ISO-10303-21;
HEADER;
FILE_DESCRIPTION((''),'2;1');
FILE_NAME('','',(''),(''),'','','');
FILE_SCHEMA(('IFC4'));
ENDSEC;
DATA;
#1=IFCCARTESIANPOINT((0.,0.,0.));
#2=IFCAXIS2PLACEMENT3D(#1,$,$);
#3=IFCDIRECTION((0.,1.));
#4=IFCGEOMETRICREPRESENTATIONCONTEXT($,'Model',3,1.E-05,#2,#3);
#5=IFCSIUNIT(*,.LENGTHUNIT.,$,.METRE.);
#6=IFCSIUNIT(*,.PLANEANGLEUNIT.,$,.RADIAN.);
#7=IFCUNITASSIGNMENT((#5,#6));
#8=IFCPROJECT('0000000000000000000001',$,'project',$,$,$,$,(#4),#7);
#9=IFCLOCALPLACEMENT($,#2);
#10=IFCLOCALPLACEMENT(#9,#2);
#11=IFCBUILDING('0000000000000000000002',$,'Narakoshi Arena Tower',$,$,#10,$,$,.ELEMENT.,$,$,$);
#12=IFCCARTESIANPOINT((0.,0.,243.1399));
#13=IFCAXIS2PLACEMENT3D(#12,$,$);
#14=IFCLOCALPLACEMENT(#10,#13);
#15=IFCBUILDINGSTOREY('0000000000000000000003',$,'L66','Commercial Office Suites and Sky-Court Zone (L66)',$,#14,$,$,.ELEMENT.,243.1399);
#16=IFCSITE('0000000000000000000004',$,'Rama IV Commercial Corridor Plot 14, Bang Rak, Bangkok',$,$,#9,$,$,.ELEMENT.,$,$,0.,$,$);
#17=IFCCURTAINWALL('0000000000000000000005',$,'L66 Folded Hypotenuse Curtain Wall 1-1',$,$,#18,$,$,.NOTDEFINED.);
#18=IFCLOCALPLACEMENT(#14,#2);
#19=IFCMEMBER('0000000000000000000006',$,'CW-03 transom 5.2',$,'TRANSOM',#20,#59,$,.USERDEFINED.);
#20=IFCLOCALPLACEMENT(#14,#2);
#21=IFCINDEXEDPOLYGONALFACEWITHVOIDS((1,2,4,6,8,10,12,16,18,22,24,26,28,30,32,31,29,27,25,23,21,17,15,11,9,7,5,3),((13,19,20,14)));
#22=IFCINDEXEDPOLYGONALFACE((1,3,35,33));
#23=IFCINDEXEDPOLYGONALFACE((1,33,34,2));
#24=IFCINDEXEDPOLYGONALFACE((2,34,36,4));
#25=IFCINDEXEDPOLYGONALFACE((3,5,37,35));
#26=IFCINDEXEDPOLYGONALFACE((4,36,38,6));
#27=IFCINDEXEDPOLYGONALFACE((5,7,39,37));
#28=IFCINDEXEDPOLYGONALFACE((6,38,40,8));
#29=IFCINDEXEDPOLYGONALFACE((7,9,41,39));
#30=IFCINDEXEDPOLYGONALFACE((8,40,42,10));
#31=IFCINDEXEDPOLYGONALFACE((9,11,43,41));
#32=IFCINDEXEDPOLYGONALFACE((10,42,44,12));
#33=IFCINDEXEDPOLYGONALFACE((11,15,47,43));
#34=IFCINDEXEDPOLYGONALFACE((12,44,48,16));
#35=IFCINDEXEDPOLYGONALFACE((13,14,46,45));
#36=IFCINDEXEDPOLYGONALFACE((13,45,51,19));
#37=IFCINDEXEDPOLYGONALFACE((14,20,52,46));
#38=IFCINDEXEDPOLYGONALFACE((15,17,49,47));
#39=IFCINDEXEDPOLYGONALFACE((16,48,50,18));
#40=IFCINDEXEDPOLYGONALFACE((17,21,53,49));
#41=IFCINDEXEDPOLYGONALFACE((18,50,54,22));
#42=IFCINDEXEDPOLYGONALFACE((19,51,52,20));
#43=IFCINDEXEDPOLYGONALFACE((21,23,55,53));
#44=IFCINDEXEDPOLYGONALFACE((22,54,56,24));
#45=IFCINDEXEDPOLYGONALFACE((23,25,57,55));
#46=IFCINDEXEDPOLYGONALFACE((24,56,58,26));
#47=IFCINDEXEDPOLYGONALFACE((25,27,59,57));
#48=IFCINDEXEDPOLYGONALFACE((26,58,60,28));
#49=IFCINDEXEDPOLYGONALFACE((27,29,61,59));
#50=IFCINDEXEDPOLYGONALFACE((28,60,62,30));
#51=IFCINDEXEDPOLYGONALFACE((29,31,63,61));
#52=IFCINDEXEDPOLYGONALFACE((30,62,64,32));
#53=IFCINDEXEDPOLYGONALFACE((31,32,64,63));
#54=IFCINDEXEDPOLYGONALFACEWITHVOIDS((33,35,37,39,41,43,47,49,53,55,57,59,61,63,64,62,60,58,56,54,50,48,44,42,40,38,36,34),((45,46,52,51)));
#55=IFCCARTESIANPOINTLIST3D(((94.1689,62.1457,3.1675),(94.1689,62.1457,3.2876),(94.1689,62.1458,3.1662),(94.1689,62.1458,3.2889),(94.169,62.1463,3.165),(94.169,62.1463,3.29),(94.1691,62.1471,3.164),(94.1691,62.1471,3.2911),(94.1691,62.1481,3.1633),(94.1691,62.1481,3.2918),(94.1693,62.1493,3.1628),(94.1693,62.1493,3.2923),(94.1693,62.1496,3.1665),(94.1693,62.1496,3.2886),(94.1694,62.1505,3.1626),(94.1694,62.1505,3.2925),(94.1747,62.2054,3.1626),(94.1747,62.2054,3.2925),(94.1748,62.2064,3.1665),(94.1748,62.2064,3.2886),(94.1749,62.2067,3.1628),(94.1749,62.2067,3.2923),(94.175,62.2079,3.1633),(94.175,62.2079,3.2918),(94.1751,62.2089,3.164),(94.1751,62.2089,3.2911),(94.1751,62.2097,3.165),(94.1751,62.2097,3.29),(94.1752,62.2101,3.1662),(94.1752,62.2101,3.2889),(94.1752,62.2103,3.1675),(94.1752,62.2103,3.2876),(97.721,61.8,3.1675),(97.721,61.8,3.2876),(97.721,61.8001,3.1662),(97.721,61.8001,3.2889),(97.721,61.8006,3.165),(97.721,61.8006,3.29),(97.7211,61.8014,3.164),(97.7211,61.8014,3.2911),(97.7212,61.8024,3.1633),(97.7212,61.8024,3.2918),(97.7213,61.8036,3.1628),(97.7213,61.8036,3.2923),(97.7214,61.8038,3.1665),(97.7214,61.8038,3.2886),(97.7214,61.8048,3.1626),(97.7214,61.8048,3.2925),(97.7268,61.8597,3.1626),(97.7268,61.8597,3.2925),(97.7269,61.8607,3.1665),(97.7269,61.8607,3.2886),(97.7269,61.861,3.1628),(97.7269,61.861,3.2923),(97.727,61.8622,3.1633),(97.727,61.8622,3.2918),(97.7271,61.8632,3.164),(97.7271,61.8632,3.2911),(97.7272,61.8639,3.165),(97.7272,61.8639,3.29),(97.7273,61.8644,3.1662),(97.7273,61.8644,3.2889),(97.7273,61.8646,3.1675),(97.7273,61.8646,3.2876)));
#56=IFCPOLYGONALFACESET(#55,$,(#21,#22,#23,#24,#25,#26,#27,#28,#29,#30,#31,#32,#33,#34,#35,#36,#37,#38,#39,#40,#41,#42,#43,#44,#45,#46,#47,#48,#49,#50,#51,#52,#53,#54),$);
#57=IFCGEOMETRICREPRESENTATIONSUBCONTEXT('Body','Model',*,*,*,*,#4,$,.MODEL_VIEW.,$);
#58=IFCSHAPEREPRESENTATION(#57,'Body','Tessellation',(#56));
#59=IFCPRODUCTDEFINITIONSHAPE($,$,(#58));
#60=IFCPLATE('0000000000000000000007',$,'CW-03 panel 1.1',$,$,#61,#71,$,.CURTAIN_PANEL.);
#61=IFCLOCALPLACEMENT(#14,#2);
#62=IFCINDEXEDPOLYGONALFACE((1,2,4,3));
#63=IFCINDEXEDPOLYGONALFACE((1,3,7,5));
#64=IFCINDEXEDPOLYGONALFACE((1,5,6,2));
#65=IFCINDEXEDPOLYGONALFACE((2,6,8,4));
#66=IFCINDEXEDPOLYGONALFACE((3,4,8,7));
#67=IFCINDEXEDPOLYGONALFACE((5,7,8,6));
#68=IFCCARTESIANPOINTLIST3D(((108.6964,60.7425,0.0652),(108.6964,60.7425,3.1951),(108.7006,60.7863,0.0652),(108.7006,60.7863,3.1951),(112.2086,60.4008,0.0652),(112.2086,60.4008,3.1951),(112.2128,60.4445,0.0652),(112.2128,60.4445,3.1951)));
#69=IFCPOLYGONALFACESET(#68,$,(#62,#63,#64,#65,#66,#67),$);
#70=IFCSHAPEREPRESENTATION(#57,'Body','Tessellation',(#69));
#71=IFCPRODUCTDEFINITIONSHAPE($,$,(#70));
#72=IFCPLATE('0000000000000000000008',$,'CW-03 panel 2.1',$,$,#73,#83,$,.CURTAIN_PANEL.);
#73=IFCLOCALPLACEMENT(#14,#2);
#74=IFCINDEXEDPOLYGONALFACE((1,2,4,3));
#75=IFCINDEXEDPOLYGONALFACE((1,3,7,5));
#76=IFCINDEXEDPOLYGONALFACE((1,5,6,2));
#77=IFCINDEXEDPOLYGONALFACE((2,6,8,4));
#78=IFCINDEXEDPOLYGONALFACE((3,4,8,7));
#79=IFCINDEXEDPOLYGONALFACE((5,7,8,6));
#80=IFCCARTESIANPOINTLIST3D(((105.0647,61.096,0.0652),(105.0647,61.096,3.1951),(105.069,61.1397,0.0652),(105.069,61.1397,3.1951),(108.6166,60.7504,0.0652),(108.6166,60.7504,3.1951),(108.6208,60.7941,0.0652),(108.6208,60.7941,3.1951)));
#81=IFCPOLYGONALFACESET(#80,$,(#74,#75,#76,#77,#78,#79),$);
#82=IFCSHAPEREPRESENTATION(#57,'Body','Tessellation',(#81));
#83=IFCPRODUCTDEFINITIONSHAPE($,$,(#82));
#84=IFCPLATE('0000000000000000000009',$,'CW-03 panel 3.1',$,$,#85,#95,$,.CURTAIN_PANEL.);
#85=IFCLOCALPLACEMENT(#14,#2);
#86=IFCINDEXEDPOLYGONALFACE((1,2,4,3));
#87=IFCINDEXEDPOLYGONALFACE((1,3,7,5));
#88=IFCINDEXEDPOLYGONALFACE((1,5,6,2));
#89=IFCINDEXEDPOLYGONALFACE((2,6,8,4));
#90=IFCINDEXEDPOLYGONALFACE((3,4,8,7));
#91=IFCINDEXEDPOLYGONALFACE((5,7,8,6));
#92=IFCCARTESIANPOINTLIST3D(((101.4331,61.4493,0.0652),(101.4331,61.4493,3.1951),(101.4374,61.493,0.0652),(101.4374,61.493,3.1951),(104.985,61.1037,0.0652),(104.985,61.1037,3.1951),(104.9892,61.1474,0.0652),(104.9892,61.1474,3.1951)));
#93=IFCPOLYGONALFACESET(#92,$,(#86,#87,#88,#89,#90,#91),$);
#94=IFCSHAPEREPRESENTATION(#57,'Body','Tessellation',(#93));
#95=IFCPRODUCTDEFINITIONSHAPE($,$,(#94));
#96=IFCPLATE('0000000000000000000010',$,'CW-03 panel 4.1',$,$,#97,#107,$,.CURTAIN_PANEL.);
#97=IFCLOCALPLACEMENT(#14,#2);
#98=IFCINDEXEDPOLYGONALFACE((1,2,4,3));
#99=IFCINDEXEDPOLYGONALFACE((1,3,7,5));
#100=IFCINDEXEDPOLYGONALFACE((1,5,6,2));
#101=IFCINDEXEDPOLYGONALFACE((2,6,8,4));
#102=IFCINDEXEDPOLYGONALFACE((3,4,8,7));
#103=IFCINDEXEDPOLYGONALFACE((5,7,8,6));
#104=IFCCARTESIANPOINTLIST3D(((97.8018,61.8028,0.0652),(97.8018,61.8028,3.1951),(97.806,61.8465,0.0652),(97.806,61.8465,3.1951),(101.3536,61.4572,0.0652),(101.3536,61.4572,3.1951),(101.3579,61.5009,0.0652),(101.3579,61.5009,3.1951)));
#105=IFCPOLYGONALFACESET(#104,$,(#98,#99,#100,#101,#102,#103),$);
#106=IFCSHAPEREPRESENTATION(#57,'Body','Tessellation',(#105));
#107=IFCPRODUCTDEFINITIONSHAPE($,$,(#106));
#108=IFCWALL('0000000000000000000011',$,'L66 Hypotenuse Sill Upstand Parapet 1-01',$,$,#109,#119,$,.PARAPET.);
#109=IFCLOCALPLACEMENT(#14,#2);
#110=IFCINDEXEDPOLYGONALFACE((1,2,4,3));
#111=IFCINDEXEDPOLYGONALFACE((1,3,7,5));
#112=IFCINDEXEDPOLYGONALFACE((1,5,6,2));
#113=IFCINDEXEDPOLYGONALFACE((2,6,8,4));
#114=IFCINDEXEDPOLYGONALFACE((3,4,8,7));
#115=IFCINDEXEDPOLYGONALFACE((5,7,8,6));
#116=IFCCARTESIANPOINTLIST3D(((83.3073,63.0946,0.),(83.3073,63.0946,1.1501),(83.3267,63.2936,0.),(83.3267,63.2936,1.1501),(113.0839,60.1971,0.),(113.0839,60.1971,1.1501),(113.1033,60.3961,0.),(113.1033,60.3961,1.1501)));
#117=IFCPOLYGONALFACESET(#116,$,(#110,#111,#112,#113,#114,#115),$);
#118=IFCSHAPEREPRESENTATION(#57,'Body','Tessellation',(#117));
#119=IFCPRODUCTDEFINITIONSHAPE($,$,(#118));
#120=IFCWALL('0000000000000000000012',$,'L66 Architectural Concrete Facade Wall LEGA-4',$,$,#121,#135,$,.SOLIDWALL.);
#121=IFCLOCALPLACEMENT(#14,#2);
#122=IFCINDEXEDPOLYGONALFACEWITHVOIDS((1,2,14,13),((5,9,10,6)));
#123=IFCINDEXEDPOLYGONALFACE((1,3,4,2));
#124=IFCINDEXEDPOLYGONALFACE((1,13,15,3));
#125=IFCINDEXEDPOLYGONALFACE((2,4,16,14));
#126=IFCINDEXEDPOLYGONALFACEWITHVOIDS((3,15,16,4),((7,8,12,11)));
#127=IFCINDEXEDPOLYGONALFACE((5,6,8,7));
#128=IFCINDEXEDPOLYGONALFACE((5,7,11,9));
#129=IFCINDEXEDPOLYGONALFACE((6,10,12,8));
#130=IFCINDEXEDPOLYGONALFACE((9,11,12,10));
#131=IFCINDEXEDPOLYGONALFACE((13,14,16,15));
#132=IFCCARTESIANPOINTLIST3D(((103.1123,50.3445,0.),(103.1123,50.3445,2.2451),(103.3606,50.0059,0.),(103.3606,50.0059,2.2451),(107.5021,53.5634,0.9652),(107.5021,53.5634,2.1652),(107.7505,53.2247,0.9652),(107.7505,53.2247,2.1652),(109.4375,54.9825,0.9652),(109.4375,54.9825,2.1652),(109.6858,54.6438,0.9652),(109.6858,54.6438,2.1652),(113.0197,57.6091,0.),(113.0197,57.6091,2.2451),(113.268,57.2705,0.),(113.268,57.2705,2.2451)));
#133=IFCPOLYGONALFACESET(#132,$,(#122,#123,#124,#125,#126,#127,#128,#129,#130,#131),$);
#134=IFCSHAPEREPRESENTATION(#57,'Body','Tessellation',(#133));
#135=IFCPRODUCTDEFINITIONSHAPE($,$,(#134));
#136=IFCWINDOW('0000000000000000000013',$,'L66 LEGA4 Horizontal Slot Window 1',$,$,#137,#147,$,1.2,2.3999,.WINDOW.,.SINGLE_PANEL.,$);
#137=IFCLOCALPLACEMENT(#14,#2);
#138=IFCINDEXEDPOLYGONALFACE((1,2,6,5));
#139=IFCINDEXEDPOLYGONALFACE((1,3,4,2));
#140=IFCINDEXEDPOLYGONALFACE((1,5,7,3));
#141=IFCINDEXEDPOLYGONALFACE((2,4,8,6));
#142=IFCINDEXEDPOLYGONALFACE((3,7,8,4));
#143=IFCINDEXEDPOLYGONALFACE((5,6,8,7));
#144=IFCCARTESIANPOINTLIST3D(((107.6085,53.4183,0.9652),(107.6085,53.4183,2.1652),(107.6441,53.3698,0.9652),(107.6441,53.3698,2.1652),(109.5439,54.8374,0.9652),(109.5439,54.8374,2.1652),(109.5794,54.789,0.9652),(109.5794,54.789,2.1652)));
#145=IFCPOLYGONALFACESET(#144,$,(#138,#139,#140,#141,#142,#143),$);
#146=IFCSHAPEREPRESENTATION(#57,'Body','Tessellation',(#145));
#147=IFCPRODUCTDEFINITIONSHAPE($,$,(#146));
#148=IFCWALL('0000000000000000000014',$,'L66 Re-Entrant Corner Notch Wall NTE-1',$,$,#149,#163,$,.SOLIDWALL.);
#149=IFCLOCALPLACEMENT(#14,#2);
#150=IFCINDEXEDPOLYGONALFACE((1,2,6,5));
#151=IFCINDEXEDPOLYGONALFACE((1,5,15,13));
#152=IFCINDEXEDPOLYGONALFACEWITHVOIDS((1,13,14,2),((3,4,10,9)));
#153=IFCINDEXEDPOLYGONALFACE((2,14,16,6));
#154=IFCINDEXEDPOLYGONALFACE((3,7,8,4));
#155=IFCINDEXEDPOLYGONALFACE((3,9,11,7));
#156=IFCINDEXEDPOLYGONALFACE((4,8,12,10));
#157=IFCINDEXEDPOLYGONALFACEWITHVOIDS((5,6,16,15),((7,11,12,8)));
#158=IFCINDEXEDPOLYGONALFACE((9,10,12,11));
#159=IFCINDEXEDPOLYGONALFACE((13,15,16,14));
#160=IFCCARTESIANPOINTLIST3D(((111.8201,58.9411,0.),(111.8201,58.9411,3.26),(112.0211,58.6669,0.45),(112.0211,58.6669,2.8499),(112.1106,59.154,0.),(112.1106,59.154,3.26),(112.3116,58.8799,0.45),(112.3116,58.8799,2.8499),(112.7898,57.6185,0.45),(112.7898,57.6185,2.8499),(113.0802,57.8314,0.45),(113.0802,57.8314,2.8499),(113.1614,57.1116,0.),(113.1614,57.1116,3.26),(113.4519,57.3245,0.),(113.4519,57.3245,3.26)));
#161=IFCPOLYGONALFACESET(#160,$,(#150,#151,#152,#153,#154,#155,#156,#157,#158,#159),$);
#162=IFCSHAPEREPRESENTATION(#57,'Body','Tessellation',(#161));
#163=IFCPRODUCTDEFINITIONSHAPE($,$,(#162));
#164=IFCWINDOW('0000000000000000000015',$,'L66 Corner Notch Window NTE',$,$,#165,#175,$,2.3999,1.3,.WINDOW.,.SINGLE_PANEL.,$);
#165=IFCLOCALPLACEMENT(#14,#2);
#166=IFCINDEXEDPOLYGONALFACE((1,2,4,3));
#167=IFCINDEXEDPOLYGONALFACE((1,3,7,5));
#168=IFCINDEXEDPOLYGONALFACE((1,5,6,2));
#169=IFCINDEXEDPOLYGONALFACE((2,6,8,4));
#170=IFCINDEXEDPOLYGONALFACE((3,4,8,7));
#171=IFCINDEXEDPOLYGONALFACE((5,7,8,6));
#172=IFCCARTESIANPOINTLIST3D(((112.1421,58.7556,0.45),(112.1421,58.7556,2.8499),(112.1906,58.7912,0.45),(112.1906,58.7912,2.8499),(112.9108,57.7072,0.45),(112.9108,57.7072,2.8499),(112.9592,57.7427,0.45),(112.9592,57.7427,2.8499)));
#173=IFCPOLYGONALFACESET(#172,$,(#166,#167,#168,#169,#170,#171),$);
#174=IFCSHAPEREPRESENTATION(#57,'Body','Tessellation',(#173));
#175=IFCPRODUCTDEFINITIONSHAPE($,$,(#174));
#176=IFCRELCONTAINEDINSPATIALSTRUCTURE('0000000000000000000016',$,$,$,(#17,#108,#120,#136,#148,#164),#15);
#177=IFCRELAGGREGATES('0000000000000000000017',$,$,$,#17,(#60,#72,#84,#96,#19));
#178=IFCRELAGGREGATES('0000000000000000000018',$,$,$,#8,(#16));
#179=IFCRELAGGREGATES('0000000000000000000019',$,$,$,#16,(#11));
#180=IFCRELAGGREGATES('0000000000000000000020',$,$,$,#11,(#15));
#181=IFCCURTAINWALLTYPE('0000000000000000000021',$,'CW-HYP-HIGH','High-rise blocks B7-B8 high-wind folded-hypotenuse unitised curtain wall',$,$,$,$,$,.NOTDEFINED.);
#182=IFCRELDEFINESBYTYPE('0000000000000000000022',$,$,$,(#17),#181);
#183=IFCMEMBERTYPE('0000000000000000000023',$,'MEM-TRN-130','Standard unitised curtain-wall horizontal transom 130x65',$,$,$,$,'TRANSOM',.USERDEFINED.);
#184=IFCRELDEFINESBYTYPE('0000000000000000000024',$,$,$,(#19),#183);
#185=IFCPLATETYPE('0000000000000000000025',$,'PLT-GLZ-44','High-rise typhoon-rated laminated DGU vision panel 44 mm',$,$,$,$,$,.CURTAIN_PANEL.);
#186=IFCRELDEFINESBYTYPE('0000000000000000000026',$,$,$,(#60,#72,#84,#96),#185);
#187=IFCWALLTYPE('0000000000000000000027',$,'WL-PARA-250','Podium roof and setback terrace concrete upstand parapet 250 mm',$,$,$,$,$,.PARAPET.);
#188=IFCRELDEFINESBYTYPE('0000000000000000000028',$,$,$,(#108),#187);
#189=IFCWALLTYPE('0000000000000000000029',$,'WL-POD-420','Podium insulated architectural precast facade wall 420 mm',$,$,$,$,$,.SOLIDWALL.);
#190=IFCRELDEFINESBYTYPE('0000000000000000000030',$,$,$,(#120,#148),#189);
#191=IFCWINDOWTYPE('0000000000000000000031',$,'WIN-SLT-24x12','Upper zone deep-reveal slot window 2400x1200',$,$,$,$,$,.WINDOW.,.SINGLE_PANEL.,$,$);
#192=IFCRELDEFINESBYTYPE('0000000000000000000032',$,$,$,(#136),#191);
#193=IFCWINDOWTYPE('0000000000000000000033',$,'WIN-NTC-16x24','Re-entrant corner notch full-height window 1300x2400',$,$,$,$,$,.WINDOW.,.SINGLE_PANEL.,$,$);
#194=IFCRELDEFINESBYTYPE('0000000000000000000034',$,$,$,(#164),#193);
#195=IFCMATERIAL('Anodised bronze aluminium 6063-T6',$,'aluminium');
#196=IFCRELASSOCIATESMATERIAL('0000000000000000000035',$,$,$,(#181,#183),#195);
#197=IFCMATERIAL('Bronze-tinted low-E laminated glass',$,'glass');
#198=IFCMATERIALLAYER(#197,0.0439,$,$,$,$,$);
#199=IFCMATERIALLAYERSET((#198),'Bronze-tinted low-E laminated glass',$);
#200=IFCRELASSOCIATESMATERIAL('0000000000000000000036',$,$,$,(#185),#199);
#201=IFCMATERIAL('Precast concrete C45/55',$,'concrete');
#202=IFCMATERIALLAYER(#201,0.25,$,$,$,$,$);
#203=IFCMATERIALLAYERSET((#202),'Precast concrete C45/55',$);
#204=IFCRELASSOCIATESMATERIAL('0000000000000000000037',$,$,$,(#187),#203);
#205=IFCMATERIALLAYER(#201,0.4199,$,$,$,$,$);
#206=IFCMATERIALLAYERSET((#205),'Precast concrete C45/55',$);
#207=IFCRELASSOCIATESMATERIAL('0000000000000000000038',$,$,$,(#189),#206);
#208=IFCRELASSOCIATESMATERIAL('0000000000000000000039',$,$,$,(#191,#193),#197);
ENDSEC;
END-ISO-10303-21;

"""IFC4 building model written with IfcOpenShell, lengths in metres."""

from ifc_helpers import new_model, si_unit, direction, frame, frame_2d, origin, origin_2d, place, context, subcontext, project, spatial, rectangle, hollow_rectangle, extrude, material, layer, layer_set, material_profile, profile_set, type_object, element, fill, aggregate, save


model = new_model("IFC4")

# Units and contexts
model_context = context("Model", 3, precision=1e-05, world=origin(), true_north=direction((0.0, 1.0)))
body_context = subcontext(model_context, "Body", "Model", "MODEL_VIEW")
ifc_project = project(units=[si_unit("LENGTHUNIT", "METRE"), si_unit("PLANEANGLEUNIT", "RADIAN")], contexts=[model_context])

# Site, building, storey
site_placement = place(None, origin())
site = spatial("IfcSite", under=ifc_project, at=site_placement, Name="Rama IV Commercial Corridor Plot 14, Bang Rak, Bangkok", CompositionType="ELEMENT", RefElevation=0.0)
building_placement = place(site_placement, origin())
building = spatial("IfcBuilding", under=site, at=building_placement, Name="Narakoshi Arena Tower", CompositionType="ELEMENT")
storey_placement = place(building_placement, frame((0.0, 0.0, 243.1399)))
storey = spatial("IfcBuildingStorey", under=building, at=storey_placement, Name="L66", Description="Commercial Office Suites and Sky-Court Zone (L66)", CompositionType="ELEMENT", Elevation=243.1399)

# Curtain wall, member, plates
ifc_material_1 = material(Name="Anodised bronze aluminium 6063-T6", Category="aluminium")
curtain_wall_type = type_object("IfcCurtainWallType", Name="CW-HYP-HIGH", Description="High-rise blocks B7-B8 high-wind folded-hypotenuse unitised curtain wall", PredefinedType="NOTDEFINED", material=ifc_material_1)
curtain_wall_placement = place(storey_placement, origin())
curtain_wall = element("IfcCurtainWall", 1, at=curtain_wall_placement, inside=storey, type_object=curtain_wall_type, Name="L66 Folded Hypotenuse Curtain Wall 1-1", PredefinedType="NOTDEFINED")
ifc_material_profile_1 = material_profile(ifc_material_1, hollow_rectangle(XDim=0.0649, YDim=0.1299, WallThickness=0.0039, OuterFilletRadius=0.0049, at=origin_2d()), Name="TRN130x65x4")
ifc_profile_set_1 = profile_set([ifc_material_profile_1], Name="Anodised bronze aluminium 6063-T6")
member_type_1 = type_object("IfcMemberType", Name="MEM-TRN-130", Description="Standard unitised curtain-wall horizontal transom 130x65", ElementType="TRANSOM", PredefinedType="USERDEFINED", material=ifc_profile_set_1)
member_1_placement = place(storey_placement, frame((97.7241, 61.8323, 3.2275), z_axis=(-0.995297, 0.096869, 0.0), x_axis=(-0.096869, -0.995297, 0.0)))
member_1 = element("IfcMember", 2, at=member_1_placement, type_object=member_type_1, Name="CW-03 transom 5.2", ObjectType="TRANSOM", PredefinedType="USERDEFINED", context=body_context, shape_type="SweptSolid", body=[
    extrude(hollow_rectangle(XDim=0.0649, YDim=0.1299, WallThickness=0.0039, OuterFilletRadius=0.0049, at=origin_2d()), origin(), (0.0, 0.0, 1.0), 3.5688),
])
ifc_material_2 = material(Name="Bronze-tinted low-E laminated glass", Category="glass")
ifc_layer_1 = layer(ifc_material_2, 0.0439)
ifc_layer_set_1 = layer_set([ifc_layer_1], Name="Bronze-tinted low-E laminated glass")
plate_type = type_object("IfcPlateType", Name="PLT-GLZ-44", Description="High-rise typhoon-rated laminated DGU vision panel 44 mm", PredefinedType="CURTAIN_PANEL", material=ifc_layer_set_1)
plate_1_placement = place(storey_placement, frame((110.4546, 60.5935, 0.0652), z_axis=(0.0, 0.0, 1.0), x_axis=(-0.995299, 0.096851, 0.0)))
plate_1 = element("IfcPlate", 3, at=plate_1_placement, type_object=plate_type, Name="CW-03 panel 1.1", PredefinedType="CURTAIN_PANEL", context=body_context, shape_type="SweptSolid", body=[
    extrude(rectangle(XDim=3.5288, YDim=0.0439, at=origin_2d()), origin(), (0.0, 0.0, 1.0), 3.1299),
])
plate_2_placement = place(storey_placement, frame((106.8428, 60.9451, 0.0652), z_axis=(0.0, 0.0, 1.0), x_axis=(-0.995299, 0.096851, 0.0)))
plate_2 = element("IfcPlate", 4, at=plate_2_placement, type_object=plate_type, Name="CW-03 panel 2.1", PredefinedType="CURTAIN_PANEL", context=body_context, shape_type="SweptSolid", body=[
    extrude(rectangle(XDim=3.5686, YDim=0.0439, at=origin_2d()), origin(), (0.0, 0.0, 1.0), 3.1299),
])
plate_3_placement = place(storey_placement, frame((103.2112, 61.2983, 0.0652), z_axis=(0.0, 0.0, 1.0), x_axis=(-0.995299, 0.096851, 0.0)))
plate_3 = element("IfcPlate", 5, at=plate_3_placement, type_object=plate_type, Name="CW-03 panel 3.1", PredefinedType="CURTAIN_PANEL", context=body_context, shape_type="SweptSolid", body=[
    extrude(rectangle(XDim=3.5686, YDim=0.0439, at=origin_2d()), origin(), (0.0, 0.0, 1.0), 3.1299),
])
plate_4_placement = place(storey_placement, frame((99.5798, 61.6519, 0.0652), z_axis=(0.0, 0.0, 1.0), x_axis=(-0.995299, 0.096851, 0.0)))
plate_4 = element("IfcPlate", 6, at=plate_4_placement, type_object=plate_type, Name="CW-03 panel 4.1", PredefinedType="CURTAIN_PANEL", context=body_context, shape_type="SweptSolid", body=[
    extrude(rectangle(XDim=3.5686, YDim=0.0439, at=origin_2d()), origin(), (0.0, 0.0, 1.0), 3.1299),
])
aggregate(curtain_wall, [plate_1, plate_2, plate_3, plate_4, member_1])

# Wall
ifc_material_3 = material(Name="Precast concrete C45/55", Category="concrete")
ifc_layer_2 = layer(ifc_material_3, 0.25)
ifc_layer_set_2 = layer_set([ifc_layer_2], Name="Precast concrete C45/55")
wall_type_1 = type_object("IfcWallType", Name="WL-PARA-250", Description="Podium roof and setback terrace concrete upstand parapet 250 mm", PredefinedType="PARAPET", material=ifc_layer_set_2)
wall_1_placement = place(storey_placement, frame((113.0935, 60.2966, 0.0), z_axis=(0.0, 0.0, 1.0), x_axis=(-0.995299, 0.096849, 0.0)))
element("IfcWall", 7, at=wall_1_placement, inside=storey, type_object=wall_type_1, Name="L66 Hypotenuse Sill Upstand Parapet 1-01", PredefinedType="PARAPET", context=body_context, shape_type="SweptSolid", body=[
    extrude(rectangle(XDim=29.9172, YDim=0.2, at=frame_2d((14.9585, 0.0))), origin(), (0.0, 0.0, 1.0), 1.1501),
])

# Walls, openings, windows
ifc_layer_3 = layer(ifc_material_3, 0.4199)
ifc_layer_set_3 = layer_set([ifc_layer_3], Name="Precast concrete C45/55")
wall_type_2 = type_object("IfcWallType", Name="WL-POD-420", Description="Podium insulated architectural precast facade wall 420 mm", PredefinedType="SOLIDWALL", material=ifc_layer_set_3)
wall_2_placement = place(storey_placement, frame((103.2366, 50.1753, 0.0), z_axis=(0.0, 0.0, 1.0), x_axis=(0.806437, 0.59132, 0.0)))
wall_2 = element("IfcWall", 8, at=wall_2_placement, inside=storey, type_object=wall_type_2, Name="L66 Architectural Concrete Facade Wall LEGA-4", PredefinedType="SOLIDWALL", context=body_context, shape_type="SweptSolid", body=[
    extrude(rectangle(XDim=12.2854, YDim=0.4199, at=frame_2d((6.1426, 0.0))), origin(), (0.0, 0.0, 1.0), 2.2451),
])
opening_1_placement = place(wall_2_placement, frame((5.4434, 0.0, 0.9651)))
opening_1 = element("IfcOpeningElement", 9, at=opening_1_placement, cuts=wall_2, PredefinedType="OPENING", context=body_context, shape_type="SweptSolid", body=[
    extrude(rectangle(XDim=2.3999, YDim=1.2, at=frame_2d((1.2, 0.6001))), frame((0.0, 0.22, 0.0), z_axis=(0.0, -1.0, 0.0), x_axis=(1.0, 0.0, 0.0)), (0.0, 0.0, 1.0), 0.4399),
])
window_type_1 = type_object("IfcWindowType", Name="WIN-SLT-24x12", Description="Upper zone deep-reveal slot window 2400x1200", PartitioningType="SINGLE_PANEL", PredefinedType="WINDOW", material=ifc_material_2)
window_1_placement = place(opening_1_placement, origin())
window_1 = element("IfcWindow", 10, at=window_1_placement, inside=storey, type_object=window_type_1, Name="L66 LEGA4 Horizontal Slot Window 1", OverallHeight=1.2, OverallWidth=2.3999, PartitioningType="SINGLE_PANEL", PredefinedType="WINDOW", context=body_context, shape_type="SweptSolid", body=[
    extrude(rectangle(XDim=2.3999, YDim=1.2, at=frame_2d((1.2, 0.6001))), frame((0.0, 0.03, 0.0), z_axis=(0.0, -1.0, 0.0), x_axis=(1.0, 0.0, 0.0)), (0.0, 0.0, 1.0), 0.0601),
])
fill(opening_1, window_1)
wall_3_placement = place(storey_placement, frame((113.3066, 57.218, 0.0), z_axis=(0.0, 0.0, 1.0), x_axis=(-0.591252, 0.806487, 0.0)))
wall_3 = element("IfcWall", 11, at=wall_3_placement, inside=storey, type_object=wall_type_2, Name="L66 Re-Entrant Corner Notch Wall NTE-1", PredefinedType="SOLIDWALL", context=body_context, shape_type="SweptSolid", body=[
    extrude(rectangle(XDim=2.2686, YDim=0.3601, at=frame_2d((1.1343, 0.0))), origin(), (0.0, 0.0, 1.0), 3.26),
])
opening_2_placement = place(wall_3_placement, frame((0.6287, 0.0, 0.45)))
opening_2 = element("IfcOpeningElement", 12, at=opening_2_placement, cuts=wall_3, PredefinedType="OPENING", context=body_context, shape_type="SweptSolid", body=[
    extrude(rectangle(XDim=1.3, YDim=2.3999, at=frame_2d((0.6499, 1.2))), frame((0.0, 0.1899, 0.0), z_axis=(0.0, -1.0, 0.0), x_axis=(1.0, 0.0, 0.0)), (0.0, 0.0, 1.0), 0.3801),
])
window_type_2 = type_object("IfcWindowType", Name="WIN-NTC-16x24", Description="Re-entrant corner notch full-height window 1300x2400", PartitioningType="SINGLE_PANEL", PredefinedType="WINDOW", material=ifc_material_2)
window_2_placement = place(opening_2_placement, origin())
window_2 = element("IfcWindow", 13, at=window_2_placement, inside=storey, type_object=window_type_2, Name="L66 Corner Notch Window NTE", OverallHeight=2.3999, OverallWidth=1.3, PartitioningType="SINGLE_PANEL", PredefinedType="WINDOW", context=body_context, shape_type="SweptSolid", body=[
    extrude(rectangle(XDim=1.3, YDim=2.3999, at=frame_2d((0.6499, 1.2))), frame((0.0, 0.03, 0.0), z_axis=(0.0, -1.0, 0.0), x_axis=(1.0, 0.0, 0.0)), (0.0, 0.0, 1.0), 0.0601),
])
fill(opening_2, window_2)

save(model, "model.ifc")
